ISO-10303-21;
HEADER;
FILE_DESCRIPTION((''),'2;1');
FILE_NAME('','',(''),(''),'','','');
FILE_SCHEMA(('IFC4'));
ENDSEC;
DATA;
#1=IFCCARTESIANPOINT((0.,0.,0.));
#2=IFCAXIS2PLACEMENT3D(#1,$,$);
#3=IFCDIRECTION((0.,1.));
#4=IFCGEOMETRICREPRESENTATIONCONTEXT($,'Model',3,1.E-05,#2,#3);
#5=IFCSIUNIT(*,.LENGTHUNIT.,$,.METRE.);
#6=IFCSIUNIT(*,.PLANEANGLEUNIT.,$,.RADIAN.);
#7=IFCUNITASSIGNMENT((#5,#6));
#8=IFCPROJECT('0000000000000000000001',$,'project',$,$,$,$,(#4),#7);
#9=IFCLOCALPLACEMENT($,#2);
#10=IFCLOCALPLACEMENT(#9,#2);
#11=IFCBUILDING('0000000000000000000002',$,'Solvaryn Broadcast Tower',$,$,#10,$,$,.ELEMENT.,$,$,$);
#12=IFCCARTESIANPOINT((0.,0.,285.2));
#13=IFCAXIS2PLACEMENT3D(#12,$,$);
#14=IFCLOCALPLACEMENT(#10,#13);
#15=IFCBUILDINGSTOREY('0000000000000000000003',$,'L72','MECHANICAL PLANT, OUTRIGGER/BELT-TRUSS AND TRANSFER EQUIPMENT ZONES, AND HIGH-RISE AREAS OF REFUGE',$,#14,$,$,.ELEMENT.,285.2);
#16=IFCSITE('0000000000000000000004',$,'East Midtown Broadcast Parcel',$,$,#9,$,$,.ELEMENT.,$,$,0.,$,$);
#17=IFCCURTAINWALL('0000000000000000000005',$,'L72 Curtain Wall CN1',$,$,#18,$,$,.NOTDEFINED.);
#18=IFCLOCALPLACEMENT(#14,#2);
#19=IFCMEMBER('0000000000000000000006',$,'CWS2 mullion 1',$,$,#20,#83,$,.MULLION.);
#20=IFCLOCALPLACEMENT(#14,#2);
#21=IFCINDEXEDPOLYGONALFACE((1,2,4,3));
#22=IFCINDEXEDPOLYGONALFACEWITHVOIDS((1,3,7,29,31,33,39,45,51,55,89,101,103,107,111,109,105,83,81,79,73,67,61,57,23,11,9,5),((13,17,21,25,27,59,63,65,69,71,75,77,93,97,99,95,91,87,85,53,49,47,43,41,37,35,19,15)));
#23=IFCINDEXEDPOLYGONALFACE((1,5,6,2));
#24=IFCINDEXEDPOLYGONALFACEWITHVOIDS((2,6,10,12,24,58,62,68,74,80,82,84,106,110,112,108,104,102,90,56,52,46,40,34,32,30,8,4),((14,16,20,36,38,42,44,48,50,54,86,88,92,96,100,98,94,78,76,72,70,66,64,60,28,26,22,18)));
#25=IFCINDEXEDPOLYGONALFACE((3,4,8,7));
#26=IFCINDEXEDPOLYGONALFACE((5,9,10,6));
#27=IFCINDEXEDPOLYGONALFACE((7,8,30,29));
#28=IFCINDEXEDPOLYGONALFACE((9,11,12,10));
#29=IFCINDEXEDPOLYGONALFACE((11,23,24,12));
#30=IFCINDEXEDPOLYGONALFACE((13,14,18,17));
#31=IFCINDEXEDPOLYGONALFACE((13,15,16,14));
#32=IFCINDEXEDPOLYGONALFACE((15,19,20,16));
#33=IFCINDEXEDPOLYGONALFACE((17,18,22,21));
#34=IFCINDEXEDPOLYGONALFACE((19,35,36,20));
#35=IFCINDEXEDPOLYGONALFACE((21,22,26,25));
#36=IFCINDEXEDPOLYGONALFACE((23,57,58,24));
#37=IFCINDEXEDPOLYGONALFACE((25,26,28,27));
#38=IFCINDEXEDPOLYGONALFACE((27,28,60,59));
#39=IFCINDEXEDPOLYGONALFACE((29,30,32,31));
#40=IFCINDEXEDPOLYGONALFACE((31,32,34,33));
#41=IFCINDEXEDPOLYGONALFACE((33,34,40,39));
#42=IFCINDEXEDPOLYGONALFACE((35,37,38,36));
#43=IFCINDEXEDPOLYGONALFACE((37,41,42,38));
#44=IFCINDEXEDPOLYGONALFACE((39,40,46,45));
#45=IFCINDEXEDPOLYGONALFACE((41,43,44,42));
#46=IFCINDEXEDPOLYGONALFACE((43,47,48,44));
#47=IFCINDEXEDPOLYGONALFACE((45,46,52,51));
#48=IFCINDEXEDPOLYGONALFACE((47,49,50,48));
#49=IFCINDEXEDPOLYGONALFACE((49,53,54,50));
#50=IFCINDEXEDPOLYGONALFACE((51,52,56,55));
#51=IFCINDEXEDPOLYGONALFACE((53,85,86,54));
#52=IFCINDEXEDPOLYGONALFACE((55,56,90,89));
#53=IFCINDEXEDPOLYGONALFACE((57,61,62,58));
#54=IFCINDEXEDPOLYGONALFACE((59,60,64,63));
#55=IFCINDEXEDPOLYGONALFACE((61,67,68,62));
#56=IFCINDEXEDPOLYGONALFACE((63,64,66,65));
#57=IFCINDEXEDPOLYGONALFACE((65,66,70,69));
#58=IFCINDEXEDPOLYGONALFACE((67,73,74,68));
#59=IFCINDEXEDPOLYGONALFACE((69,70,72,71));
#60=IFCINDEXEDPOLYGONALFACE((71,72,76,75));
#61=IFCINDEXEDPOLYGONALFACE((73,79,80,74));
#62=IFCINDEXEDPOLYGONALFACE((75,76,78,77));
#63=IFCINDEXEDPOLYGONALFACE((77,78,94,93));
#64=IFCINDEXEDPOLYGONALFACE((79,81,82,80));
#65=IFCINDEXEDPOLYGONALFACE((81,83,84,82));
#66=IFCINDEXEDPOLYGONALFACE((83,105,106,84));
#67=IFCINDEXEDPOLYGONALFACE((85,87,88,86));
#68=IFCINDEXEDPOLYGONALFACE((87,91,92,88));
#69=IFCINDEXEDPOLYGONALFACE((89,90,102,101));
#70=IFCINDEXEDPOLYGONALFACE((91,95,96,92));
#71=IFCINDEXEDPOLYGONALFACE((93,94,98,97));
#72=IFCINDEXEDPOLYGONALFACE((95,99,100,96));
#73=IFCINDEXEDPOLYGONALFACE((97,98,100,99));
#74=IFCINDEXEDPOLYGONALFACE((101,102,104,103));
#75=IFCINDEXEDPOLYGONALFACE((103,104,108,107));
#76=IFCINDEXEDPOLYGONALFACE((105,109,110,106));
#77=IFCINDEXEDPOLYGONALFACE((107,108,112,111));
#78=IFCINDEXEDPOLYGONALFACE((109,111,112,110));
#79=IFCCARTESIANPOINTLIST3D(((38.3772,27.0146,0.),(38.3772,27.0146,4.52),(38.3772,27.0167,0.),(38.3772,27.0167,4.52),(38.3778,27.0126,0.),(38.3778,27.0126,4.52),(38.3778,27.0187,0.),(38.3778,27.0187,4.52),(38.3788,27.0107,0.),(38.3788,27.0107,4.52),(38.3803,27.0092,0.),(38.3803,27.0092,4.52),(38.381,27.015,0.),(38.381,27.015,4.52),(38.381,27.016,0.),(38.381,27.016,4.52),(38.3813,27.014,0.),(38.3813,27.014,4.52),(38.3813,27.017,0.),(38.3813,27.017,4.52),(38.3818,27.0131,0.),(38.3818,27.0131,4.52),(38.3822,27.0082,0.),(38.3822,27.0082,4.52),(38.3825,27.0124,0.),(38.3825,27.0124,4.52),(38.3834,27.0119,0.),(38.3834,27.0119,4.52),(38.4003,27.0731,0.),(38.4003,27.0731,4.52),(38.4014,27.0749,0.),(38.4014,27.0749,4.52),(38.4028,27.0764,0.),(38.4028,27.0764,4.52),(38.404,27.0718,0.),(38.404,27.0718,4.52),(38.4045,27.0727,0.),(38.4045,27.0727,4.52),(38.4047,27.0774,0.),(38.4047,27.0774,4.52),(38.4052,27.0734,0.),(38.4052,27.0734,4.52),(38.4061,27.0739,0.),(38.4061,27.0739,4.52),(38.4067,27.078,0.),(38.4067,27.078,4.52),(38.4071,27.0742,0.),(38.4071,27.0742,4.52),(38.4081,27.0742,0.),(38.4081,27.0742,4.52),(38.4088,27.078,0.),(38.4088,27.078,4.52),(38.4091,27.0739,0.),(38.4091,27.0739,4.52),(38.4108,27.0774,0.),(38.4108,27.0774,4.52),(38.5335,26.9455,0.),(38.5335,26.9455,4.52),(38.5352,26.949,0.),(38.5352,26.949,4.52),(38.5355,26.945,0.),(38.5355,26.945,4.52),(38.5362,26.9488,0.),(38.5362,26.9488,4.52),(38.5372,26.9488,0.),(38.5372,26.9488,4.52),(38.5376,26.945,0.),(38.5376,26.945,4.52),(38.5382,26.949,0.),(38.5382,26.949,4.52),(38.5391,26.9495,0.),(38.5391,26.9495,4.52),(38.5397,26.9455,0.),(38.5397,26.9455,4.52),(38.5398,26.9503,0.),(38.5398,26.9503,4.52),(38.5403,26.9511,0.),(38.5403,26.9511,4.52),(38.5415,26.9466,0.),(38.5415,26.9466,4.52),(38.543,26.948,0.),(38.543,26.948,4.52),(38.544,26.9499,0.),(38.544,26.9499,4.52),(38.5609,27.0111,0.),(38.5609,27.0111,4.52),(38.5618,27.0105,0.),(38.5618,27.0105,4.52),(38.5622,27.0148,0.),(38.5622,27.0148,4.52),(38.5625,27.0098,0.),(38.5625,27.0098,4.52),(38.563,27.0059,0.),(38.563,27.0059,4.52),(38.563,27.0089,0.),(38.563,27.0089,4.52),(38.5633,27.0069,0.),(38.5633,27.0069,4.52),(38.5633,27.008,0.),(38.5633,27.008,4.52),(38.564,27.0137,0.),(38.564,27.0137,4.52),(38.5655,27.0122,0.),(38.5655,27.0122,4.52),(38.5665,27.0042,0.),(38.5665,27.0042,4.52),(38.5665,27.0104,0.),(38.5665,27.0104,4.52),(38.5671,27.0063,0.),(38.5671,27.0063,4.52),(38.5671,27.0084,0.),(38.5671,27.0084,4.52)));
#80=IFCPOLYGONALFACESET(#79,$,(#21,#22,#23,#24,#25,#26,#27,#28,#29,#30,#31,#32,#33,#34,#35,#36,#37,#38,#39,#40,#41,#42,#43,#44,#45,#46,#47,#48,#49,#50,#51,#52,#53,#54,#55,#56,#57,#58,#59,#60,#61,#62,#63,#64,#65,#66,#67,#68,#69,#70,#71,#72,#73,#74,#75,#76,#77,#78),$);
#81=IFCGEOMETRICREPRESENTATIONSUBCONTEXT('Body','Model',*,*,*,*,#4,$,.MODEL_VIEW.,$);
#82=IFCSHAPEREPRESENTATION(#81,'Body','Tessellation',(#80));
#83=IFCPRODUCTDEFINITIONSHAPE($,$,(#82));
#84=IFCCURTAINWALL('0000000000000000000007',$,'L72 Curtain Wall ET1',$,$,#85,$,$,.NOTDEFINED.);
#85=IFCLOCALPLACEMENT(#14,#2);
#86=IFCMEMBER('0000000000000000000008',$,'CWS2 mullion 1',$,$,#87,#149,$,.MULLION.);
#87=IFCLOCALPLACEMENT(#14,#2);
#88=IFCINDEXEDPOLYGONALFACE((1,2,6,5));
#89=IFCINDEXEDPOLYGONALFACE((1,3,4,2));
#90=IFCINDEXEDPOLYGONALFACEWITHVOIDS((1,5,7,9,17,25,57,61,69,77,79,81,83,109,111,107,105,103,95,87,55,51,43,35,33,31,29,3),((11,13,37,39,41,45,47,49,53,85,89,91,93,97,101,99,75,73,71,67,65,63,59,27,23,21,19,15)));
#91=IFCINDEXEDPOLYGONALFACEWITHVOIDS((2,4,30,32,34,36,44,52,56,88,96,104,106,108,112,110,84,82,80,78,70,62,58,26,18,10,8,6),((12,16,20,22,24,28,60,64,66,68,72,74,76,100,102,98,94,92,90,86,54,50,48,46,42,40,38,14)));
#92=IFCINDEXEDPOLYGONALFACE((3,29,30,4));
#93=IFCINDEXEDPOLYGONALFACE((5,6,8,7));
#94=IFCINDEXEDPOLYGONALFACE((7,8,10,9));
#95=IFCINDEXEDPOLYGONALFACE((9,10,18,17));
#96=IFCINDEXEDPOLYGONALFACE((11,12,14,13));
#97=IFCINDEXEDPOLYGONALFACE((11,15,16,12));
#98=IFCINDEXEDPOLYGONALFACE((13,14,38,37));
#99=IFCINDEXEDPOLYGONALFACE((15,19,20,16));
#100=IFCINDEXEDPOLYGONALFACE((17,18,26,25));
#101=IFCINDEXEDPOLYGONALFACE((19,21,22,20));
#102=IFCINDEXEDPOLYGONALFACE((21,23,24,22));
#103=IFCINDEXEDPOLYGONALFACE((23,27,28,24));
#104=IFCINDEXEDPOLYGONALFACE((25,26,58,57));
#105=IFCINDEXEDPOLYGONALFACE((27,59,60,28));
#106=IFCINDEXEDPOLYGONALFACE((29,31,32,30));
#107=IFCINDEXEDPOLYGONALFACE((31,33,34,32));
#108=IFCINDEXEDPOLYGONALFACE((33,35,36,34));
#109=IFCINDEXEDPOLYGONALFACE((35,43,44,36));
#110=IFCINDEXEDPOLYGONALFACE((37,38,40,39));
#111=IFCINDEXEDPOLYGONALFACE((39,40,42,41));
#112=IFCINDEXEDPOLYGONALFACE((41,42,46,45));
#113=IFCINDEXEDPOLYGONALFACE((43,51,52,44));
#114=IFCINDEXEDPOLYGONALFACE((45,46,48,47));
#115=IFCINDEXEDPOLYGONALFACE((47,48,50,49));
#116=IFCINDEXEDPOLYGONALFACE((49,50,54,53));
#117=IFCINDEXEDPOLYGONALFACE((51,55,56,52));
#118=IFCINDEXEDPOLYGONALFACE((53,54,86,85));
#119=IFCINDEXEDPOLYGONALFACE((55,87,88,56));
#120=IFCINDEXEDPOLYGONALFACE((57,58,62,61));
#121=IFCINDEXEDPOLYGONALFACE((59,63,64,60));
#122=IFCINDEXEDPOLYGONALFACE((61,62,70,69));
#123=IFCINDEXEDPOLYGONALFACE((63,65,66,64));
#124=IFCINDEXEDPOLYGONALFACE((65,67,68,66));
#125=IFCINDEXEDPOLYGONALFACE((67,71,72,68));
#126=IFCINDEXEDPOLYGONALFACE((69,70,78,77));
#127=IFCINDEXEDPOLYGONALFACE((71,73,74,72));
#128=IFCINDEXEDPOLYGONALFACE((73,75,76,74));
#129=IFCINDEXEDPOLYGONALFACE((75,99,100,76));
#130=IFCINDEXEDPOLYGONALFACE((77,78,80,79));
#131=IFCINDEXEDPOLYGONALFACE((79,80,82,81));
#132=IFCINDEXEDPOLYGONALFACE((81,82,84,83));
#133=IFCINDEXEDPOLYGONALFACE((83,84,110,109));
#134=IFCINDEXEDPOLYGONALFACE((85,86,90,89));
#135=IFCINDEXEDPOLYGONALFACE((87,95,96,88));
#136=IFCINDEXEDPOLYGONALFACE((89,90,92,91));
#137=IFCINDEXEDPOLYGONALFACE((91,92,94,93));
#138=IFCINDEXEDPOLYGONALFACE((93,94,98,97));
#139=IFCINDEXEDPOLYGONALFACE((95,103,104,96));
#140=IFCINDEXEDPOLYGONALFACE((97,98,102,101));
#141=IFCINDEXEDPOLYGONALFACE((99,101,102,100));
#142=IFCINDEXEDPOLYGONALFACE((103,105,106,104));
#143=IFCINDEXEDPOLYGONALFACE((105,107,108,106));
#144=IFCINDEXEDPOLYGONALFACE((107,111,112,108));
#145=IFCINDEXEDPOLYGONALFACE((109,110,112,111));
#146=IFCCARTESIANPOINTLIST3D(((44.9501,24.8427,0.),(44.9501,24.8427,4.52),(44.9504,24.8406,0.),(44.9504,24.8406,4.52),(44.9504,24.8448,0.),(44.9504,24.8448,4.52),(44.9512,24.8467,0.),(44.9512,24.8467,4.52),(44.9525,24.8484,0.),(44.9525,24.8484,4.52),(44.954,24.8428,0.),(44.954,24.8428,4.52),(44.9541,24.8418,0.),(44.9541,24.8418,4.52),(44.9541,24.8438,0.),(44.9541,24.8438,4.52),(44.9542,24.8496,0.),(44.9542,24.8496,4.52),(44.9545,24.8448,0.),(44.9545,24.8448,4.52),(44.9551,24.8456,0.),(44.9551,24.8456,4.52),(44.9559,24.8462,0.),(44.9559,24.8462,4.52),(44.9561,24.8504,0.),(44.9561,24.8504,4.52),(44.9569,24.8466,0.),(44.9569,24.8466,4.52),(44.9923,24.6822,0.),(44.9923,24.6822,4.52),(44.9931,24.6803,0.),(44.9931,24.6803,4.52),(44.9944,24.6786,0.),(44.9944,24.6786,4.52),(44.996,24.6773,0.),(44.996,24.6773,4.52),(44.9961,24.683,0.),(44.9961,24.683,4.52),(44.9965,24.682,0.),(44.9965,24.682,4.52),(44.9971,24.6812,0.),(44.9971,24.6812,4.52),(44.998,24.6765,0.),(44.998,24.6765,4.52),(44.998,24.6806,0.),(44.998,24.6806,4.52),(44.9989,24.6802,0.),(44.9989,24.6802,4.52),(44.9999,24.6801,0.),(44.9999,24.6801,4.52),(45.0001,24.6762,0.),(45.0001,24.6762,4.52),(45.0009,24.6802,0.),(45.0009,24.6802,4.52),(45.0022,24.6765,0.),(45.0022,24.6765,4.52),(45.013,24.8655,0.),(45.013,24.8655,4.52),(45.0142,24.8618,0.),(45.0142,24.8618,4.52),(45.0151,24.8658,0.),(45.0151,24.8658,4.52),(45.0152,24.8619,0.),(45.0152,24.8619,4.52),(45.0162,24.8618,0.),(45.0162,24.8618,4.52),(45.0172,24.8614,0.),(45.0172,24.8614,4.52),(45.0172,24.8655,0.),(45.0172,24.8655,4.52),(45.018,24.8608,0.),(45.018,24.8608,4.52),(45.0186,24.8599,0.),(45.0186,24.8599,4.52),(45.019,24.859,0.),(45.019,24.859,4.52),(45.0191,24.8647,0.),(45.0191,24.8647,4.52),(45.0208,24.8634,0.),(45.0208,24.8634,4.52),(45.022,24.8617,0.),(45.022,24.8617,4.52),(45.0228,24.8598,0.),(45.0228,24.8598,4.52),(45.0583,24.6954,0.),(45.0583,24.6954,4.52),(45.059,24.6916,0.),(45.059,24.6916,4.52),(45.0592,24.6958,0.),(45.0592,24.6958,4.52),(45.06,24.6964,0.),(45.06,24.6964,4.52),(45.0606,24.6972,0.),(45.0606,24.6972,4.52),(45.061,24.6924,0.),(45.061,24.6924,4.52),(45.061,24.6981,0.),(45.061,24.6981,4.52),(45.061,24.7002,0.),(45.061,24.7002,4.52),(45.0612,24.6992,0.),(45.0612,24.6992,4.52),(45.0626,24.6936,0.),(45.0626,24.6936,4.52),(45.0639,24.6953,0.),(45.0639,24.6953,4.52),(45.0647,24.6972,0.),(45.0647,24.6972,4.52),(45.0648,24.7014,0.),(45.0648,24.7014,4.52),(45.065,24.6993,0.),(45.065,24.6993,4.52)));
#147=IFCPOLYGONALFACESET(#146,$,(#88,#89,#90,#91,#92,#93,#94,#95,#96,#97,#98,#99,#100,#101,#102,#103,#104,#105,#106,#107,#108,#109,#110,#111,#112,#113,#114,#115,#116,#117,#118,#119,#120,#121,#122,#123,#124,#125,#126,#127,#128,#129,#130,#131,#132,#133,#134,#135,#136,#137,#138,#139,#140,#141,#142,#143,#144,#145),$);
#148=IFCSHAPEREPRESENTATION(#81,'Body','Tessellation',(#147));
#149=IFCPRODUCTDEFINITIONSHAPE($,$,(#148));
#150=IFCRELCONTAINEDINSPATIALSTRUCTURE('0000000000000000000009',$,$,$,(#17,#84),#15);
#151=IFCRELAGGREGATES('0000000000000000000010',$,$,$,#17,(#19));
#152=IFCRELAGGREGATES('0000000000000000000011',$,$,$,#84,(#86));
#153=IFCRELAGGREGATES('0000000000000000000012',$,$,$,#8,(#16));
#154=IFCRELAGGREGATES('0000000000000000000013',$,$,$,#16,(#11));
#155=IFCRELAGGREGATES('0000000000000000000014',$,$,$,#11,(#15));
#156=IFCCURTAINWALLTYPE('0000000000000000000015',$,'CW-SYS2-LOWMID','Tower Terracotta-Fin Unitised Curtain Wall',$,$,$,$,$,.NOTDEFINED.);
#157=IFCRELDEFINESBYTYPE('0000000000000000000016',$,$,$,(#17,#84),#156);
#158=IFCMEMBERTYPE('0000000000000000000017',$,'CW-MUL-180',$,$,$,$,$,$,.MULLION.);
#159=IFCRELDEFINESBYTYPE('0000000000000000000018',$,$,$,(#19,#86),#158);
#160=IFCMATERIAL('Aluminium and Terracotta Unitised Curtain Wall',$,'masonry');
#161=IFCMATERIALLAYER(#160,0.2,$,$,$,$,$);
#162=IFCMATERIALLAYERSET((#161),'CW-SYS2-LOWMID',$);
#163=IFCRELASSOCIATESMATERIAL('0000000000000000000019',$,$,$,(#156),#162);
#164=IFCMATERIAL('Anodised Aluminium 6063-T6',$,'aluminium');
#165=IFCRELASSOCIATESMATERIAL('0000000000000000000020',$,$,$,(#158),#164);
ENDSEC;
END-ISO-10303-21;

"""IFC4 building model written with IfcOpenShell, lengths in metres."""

from ifc_helpers import new_model, si_unit, direction, frame, origin, origin_2d, place, context, subcontext, project, spatial, hollow_rectangle, extrude, material, layer, layer_set, material_profile, profile_set, type_object, element, aggregate, save


model = new_model("IFC4")

# Units and contexts
model_context = context("Model", 3, precision=1e-05, world=origin(), true_north=direction((0.0, 1.0)))
body_context = subcontext(model_context, "Body", "Model", "MODEL_VIEW")
ifc_project = project(units=[si_unit("LENGTHUNIT", "METRE"), si_unit("PLANEANGLEUNIT", "RADIAN")], contexts=[model_context])

# Site, building, storey
site_placement = place(None, origin())
site = spatial("IfcSite", under=ifc_project, at=site_placement, Name="East Midtown Broadcast Parcel", CompositionType="ELEMENT", RefElevation=0.0)
building_placement = place(site_placement, origin())
building = spatial("IfcBuilding", under=site, at=building_placement, Name="Solvaryn Broadcast Tower", CompositionType="ELEMENT")
storey_placement = place(building_placement, frame((0.0, 0.0, 285.2)))
storey = spatial("IfcBuildingStorey", under=building, at=storey_placement, Name="L72", Description="MECHANICAL PLANT, OUTRIGGER/BELT-TRUSS AND TRANSFER EQUIPMENT ZONES, AND HIGH-RISE AREAS OF REFUGE", CompositionType="ELEMENT", Elevation=285.2)

# Curtain walls, members
ifc_material_1 = material(Name="Aluminium and Terracotta Unitised Curtain Wall", Category="masonry")
ifc_layer_1 = layer(ifc_material_1, 0.2)
ifc_layer_set_1 = layer_set([ifc_layer_1], Name="CW-SYS2-LOWMID")
curtain_wall_type = type_object("IfcCurtainWallType", Name="CW-SYS2-LOWMID", Description="Tower Terracotta-Fin Unitised Curtain Wall", PredefinedType="NOTDEFINED", material=ifc_layer_set_1)
curtain_wall_1_placement = place(storey_placement, origin())
curtain_wall_1 = element("IfcCurtainWall", 1, at=curtain_wall_1_placement, inside=storey, type_object=curtain_wall_type, Name="L72 Curtain Wall CN1", PredefinedType="NOTDEFINED")
ifc_material_2 = material(Name="Anodised Aluminium 6063-T6", Category="aluminium")
ifc_material_profile_1 = material_profile(ifc_material_2, hollow_rectangle(XDim=0.075, YDim=0.1799, WallThickness=0.0039, InnerFilletRadius=0.0039, OuterFilletRadius=0.0081, at=origin_2d()))
ifc_profile_set_1 = profile_set([ifc_material_profile_1], Name="Anodised Aluminium 6063-T6")
member_type_1 = type_object("IfcMemberType", Name="CW-MUL-180", PredefinedType="MULLION", material=ifc_profile_set_1)
member_1_placement = place(storey_placement, frame((38.4722, 27.0115, 0.0), z_axis=(0.0, 0.0, 1.0), x_axis=(-0.382646, -0.923895, 0.0)))
member_1 = element("IfcMember", 2, at=member_1_placement, type_object=member_type_1, Name="CWS2 mullion 1", PredefinedType="MULLION", context=body_context, shape_type="SweptSolid", body=[
    extrude(hollow_rectangle(XDim=0.075, YDim=0.1799, WallThickness=0.0039, InnerFilletRadius=0.0039, OuterFilletRadius=0.0081, at=origin_2d()), origin(), (0.0, 0.0, 1.0), 4.52),
])
aggregate(curtain_wall_1, [member_1])
curtain_wall_2_placement = place(storey_placement, origin())
curtain_wall_2 = element("IfcCurtainWall", 3, at=curtain_wall_2_placement, inside=storey, type_object=curtain_wall_type, Name="L72 Curtain Wall ET1", PredefinedType="NOTDEFINED")
member_2_placement = place(storey_placement, frame((45.0076, 24.771, 0.0), z_axis=(0.0, 0.0, 1.0), x_axis=(0.966705, 0.255893, 0.0)))
member_2 = element("IfcMember", 4, at=member_2_placement, type_object=member_type_1, Name="CWS2 mullion 1", PredefinedType="MULLION", context=body_context, shape_type="SweptSolid", body=[
    extrude(hollow_rectangle(XDim=0.075, YDim=0.1799, WallThickness=0.0039, InnerFilletRadius=0.0039, OuterFilletRadius=0.0081, at=origin_2d()), origin(), (0.0, 0.0, 1.0), 4.52),
])

aggregate(curtain_wall_2, [member_2])

save(model, "model.ifc")
